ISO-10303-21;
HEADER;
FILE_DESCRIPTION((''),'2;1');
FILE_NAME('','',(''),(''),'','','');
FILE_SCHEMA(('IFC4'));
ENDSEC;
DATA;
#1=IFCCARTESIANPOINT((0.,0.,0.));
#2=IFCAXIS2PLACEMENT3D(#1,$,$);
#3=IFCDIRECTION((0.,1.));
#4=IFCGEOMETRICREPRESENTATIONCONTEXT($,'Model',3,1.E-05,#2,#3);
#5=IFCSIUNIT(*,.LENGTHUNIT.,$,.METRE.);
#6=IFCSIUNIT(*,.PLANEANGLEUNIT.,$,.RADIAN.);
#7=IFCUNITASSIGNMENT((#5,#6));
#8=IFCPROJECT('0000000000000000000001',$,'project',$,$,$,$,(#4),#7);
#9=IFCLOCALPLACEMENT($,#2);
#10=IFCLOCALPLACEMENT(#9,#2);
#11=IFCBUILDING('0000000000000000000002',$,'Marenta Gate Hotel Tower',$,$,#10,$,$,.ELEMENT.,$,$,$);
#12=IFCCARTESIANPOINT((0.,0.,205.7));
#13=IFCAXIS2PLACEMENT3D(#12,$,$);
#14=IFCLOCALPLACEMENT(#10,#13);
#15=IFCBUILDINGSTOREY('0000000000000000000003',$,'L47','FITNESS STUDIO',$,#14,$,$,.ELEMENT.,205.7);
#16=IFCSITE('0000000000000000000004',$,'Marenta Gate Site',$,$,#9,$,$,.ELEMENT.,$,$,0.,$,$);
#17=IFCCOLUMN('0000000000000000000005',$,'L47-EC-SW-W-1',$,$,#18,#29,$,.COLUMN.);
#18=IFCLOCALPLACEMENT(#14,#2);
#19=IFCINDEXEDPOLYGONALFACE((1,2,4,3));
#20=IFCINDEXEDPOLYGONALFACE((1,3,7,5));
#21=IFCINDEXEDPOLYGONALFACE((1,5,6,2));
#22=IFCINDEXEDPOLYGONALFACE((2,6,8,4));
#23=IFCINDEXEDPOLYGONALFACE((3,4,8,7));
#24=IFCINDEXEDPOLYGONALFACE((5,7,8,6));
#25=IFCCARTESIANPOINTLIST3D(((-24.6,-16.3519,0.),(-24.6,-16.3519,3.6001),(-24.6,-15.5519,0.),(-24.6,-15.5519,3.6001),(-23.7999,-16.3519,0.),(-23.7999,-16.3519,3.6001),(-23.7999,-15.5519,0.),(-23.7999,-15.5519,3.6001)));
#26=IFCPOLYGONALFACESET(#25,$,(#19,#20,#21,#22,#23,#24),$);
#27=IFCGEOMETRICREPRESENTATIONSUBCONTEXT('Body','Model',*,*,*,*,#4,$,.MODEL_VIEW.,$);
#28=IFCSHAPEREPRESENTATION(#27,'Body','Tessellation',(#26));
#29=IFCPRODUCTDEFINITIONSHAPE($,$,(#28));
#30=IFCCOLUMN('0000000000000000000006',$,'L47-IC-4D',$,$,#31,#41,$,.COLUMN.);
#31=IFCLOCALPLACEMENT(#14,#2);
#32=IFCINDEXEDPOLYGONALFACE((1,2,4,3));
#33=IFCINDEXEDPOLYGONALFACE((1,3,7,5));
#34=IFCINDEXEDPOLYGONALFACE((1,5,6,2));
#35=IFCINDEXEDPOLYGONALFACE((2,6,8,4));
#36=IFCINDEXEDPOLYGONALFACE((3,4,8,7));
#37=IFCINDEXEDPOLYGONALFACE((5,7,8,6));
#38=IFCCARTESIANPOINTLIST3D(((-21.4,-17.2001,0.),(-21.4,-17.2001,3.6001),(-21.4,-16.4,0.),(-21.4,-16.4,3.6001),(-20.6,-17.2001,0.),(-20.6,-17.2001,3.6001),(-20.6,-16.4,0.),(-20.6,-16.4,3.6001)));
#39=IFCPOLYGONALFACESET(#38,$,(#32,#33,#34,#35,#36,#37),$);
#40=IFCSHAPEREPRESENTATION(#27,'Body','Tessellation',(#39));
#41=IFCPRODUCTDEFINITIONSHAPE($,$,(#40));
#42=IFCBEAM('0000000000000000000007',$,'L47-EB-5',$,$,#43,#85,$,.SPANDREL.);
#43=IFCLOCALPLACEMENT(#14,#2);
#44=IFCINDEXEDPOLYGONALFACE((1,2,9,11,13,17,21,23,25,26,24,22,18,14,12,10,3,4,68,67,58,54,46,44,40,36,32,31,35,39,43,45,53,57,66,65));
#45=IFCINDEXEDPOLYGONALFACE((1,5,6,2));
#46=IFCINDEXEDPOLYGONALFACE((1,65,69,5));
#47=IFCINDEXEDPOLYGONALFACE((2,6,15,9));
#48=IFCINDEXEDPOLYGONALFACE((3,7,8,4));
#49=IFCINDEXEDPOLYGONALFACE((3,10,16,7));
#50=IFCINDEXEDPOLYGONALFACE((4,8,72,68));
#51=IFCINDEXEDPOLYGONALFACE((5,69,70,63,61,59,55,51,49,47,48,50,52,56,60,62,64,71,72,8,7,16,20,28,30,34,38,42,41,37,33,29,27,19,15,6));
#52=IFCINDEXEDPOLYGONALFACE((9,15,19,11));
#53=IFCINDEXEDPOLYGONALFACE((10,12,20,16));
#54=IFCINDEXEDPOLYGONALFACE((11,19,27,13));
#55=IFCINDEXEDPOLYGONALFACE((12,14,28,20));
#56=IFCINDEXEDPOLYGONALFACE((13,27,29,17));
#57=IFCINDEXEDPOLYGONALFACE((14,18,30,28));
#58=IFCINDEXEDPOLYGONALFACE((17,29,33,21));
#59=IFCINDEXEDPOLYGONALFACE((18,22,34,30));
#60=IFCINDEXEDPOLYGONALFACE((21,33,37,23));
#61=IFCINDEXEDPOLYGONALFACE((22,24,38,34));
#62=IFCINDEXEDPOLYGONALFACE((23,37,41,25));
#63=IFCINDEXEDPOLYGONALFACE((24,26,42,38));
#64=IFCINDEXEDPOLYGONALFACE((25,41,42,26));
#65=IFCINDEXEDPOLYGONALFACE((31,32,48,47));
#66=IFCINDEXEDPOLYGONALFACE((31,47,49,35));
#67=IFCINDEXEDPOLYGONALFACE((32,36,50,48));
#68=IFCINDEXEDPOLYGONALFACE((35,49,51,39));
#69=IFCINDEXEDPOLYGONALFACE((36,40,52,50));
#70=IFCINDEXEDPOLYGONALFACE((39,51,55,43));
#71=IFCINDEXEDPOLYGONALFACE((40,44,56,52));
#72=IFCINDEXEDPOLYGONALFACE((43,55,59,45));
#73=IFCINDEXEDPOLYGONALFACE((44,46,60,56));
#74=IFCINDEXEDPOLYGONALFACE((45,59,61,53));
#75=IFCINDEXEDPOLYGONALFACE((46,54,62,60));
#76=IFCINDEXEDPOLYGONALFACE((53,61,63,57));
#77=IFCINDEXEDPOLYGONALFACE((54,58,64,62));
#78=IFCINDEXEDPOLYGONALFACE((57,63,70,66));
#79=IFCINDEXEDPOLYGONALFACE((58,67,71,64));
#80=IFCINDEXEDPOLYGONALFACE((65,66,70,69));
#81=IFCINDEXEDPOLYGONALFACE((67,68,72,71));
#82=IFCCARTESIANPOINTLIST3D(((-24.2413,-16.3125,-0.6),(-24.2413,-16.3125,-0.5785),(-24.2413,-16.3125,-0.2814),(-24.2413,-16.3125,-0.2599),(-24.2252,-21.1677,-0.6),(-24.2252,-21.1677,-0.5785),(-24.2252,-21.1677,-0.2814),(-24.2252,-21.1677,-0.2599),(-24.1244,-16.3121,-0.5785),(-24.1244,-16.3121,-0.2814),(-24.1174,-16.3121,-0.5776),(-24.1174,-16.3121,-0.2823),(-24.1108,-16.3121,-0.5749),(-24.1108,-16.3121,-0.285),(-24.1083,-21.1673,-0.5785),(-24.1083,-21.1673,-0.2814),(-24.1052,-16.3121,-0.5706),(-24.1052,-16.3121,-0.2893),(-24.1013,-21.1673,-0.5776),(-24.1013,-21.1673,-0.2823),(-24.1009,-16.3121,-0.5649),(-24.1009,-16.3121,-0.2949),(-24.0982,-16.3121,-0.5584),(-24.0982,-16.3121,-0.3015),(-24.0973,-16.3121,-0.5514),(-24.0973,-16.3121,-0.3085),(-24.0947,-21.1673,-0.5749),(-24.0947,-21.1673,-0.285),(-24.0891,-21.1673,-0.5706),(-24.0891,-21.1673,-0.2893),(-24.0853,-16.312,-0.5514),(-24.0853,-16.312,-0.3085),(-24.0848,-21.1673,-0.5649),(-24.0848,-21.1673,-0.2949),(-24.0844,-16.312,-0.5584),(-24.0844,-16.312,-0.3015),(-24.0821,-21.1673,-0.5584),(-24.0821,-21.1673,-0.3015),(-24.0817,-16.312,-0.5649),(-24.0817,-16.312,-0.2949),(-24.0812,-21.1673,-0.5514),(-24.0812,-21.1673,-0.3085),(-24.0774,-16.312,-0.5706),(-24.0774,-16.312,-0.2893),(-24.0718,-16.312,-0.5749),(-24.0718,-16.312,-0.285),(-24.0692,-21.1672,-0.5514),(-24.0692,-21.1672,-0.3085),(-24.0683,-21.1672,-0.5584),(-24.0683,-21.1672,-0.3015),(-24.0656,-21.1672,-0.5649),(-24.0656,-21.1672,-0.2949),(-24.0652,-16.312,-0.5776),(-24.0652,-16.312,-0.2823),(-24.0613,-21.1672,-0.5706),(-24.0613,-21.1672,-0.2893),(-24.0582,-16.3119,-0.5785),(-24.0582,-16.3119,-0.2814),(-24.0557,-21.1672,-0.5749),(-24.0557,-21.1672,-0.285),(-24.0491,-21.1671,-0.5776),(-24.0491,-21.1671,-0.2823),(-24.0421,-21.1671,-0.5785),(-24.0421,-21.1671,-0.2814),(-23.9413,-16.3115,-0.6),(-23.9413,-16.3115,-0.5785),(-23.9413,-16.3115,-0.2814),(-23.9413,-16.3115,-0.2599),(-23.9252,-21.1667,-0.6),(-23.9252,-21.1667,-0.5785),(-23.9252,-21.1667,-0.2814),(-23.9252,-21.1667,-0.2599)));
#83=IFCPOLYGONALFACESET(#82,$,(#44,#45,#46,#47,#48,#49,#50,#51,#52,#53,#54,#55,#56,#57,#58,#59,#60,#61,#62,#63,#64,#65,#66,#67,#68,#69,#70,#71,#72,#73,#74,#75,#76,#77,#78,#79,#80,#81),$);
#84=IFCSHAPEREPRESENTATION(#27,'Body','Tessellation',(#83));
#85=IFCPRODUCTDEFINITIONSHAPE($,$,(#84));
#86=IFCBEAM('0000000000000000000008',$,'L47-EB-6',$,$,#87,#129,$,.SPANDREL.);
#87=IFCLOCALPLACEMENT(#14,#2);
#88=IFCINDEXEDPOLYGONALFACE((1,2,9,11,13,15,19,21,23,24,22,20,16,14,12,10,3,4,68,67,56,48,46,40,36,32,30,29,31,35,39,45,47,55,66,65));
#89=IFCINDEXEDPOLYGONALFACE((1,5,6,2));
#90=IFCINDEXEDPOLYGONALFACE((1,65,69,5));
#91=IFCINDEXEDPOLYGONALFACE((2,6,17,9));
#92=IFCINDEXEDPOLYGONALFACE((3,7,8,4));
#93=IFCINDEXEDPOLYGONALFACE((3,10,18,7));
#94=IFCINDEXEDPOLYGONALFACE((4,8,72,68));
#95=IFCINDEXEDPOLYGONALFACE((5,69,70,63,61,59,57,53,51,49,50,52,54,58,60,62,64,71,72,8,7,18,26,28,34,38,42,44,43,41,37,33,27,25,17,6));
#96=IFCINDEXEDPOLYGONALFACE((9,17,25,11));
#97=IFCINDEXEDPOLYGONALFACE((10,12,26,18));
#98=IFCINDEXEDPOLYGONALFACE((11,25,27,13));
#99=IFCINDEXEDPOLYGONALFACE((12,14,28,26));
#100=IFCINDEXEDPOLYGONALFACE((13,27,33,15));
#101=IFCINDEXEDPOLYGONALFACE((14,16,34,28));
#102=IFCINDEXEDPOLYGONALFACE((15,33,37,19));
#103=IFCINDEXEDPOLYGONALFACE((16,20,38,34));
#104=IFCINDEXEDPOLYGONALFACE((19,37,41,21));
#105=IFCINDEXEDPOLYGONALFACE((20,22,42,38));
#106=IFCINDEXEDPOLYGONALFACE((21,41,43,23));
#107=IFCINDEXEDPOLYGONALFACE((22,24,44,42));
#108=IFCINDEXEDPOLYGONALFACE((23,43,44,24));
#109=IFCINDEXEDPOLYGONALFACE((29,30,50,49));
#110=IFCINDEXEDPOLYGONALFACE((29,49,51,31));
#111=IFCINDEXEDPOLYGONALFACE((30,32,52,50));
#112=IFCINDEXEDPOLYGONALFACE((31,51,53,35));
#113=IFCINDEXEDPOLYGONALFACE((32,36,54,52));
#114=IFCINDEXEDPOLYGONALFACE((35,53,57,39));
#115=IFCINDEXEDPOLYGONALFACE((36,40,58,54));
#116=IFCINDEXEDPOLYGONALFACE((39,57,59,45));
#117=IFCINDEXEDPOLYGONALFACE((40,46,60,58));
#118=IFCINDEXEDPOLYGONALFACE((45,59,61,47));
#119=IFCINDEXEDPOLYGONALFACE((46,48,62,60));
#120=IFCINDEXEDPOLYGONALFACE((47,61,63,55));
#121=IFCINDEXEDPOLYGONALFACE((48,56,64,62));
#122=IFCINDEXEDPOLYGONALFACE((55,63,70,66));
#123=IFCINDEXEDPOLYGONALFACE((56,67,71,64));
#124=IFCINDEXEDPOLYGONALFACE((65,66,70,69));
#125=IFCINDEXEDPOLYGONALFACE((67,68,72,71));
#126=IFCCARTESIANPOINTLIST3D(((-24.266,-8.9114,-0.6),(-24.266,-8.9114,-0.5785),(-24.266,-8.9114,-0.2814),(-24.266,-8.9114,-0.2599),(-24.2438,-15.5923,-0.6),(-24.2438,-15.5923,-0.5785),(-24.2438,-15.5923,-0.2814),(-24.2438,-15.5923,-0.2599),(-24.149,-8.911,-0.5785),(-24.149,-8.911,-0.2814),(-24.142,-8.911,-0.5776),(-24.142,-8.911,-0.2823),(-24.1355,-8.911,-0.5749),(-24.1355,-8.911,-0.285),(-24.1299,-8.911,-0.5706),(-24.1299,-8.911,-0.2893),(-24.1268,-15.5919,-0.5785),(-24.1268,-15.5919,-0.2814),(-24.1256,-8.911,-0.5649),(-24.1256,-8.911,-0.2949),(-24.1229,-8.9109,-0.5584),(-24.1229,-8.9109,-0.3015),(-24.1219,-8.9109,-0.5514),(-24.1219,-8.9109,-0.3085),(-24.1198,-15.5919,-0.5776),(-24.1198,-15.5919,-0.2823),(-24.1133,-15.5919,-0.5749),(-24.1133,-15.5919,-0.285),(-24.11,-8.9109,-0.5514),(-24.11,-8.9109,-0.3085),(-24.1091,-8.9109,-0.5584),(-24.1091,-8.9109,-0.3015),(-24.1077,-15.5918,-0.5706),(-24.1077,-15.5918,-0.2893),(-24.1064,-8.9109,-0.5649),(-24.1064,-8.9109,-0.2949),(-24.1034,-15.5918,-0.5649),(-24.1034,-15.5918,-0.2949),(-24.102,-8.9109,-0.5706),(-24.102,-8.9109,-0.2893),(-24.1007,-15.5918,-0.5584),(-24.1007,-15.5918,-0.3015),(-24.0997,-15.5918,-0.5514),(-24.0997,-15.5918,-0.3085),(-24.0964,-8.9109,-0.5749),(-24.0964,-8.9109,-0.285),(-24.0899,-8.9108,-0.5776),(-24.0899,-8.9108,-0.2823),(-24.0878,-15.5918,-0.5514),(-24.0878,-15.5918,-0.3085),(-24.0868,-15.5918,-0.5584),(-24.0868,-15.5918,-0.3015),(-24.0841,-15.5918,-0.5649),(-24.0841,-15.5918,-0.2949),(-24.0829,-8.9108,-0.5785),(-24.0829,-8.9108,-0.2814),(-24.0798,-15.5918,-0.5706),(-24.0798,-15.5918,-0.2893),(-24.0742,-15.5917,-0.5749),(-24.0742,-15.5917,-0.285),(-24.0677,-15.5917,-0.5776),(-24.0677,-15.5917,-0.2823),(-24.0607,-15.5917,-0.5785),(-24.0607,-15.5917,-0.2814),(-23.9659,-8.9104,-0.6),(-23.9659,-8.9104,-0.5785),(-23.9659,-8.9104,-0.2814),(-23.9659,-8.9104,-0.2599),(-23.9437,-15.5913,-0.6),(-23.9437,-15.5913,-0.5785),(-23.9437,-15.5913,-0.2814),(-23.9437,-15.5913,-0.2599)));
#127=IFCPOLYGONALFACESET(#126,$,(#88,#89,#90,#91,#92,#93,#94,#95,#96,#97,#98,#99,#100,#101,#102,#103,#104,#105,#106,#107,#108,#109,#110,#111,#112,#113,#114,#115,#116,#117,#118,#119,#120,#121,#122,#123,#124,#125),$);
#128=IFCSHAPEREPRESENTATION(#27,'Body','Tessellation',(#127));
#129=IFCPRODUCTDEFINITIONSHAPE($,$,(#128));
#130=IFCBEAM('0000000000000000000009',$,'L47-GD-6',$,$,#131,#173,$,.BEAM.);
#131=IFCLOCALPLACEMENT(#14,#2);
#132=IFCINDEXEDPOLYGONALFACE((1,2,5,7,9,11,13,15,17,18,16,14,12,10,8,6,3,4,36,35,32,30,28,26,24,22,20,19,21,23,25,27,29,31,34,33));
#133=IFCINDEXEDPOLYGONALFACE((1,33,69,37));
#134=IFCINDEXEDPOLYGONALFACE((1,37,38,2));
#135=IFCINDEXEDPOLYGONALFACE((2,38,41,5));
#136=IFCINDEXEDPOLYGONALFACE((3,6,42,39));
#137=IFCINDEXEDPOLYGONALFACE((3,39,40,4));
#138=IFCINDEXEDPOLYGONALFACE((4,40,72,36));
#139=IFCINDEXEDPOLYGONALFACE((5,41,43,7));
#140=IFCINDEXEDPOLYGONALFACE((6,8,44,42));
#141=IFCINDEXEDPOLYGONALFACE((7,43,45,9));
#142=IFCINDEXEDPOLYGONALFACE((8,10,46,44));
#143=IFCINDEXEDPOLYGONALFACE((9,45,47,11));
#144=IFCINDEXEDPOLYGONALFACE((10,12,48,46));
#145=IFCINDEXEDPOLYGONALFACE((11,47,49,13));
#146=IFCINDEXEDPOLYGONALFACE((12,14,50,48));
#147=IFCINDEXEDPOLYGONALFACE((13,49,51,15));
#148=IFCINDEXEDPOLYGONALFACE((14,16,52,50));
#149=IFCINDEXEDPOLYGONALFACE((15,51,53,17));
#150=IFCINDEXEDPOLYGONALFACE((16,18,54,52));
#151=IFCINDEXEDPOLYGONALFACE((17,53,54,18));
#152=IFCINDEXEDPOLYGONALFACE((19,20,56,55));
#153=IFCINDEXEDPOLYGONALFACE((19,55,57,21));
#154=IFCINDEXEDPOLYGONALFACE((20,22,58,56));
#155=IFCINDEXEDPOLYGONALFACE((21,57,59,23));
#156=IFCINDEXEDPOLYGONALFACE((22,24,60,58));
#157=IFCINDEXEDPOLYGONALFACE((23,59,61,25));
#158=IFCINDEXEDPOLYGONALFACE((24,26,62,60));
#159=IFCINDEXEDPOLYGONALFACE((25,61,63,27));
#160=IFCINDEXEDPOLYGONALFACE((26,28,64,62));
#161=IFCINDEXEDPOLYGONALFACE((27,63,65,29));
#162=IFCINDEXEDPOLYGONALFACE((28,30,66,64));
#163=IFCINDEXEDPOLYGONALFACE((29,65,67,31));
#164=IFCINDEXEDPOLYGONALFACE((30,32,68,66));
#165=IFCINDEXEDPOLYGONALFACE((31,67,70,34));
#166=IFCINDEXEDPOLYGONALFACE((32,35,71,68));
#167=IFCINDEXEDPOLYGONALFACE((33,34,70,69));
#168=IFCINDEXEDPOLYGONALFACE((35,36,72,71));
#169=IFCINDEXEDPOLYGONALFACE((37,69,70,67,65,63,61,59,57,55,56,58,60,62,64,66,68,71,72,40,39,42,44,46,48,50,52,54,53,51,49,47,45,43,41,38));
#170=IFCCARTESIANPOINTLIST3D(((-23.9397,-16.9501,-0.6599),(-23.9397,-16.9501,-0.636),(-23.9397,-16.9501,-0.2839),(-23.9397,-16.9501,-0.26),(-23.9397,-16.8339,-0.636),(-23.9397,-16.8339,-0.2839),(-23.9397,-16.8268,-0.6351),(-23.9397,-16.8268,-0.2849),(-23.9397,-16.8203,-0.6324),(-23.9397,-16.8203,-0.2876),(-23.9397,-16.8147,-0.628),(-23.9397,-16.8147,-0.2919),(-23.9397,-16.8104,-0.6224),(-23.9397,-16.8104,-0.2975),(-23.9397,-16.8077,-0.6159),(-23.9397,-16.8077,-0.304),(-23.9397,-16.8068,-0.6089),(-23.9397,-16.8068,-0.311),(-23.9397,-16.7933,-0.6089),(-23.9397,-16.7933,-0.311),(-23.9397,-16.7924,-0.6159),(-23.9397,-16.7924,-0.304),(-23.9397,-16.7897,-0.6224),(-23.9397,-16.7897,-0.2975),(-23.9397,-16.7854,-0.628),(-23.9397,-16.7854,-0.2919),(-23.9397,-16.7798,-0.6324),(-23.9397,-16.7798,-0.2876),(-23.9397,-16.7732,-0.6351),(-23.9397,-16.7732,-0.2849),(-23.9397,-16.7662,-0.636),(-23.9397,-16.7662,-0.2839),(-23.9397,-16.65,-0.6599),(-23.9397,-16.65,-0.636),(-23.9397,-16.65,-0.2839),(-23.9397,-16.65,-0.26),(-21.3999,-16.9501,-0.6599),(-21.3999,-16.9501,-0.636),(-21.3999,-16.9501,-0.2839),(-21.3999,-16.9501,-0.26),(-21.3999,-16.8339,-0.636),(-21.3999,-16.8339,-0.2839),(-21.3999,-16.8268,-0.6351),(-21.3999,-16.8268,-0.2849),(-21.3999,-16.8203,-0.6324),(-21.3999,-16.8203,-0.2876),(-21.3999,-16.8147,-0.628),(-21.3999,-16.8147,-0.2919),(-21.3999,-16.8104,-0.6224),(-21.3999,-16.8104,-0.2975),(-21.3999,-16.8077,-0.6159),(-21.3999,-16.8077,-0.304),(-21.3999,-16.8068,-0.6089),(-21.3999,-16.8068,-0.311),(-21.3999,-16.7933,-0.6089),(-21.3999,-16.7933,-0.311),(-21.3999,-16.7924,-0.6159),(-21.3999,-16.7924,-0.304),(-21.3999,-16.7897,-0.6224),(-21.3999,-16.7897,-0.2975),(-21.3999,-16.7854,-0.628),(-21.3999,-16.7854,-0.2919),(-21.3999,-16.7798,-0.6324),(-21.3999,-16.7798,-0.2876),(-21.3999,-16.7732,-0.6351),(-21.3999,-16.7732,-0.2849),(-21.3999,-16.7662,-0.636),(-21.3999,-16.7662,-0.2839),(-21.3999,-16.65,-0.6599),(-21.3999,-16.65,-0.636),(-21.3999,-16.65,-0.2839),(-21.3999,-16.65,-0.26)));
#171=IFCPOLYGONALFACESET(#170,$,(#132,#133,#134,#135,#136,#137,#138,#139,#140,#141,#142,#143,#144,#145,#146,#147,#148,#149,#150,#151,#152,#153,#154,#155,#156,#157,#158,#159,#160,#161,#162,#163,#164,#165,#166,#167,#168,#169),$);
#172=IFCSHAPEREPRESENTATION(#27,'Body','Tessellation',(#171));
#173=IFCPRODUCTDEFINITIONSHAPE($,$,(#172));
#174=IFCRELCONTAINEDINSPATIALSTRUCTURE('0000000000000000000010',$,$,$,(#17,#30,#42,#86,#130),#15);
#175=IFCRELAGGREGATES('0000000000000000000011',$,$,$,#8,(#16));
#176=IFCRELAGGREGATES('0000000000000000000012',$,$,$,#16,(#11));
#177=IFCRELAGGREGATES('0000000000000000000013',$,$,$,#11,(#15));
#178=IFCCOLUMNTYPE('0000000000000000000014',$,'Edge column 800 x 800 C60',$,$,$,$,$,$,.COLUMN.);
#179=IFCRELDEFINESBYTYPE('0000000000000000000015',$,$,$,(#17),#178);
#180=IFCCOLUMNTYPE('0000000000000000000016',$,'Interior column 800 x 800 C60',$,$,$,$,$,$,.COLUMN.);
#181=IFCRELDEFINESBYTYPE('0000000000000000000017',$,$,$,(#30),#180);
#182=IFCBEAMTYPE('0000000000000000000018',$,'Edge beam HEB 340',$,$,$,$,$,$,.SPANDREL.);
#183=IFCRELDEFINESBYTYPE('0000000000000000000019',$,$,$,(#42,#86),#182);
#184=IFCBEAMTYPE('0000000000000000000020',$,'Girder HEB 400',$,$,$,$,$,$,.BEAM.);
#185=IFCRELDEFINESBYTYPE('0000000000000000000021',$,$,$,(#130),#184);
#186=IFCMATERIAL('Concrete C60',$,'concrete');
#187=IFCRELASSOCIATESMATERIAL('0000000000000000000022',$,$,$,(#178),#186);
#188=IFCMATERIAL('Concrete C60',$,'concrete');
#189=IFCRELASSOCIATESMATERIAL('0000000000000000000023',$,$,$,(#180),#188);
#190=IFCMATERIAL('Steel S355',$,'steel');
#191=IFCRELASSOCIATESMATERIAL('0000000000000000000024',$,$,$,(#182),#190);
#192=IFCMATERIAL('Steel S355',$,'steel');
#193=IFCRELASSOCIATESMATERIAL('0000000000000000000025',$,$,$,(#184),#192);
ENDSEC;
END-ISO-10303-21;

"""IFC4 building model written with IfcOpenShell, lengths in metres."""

from ifc_helpers import new_model, si_unit, direction, frame, origin, origin_2d, place, context, subcontext, project, spatial, rectangle, i_section, extrude, material, material_profile, profile_set, type_object, element, save


model = new_model("IFC4")

# Units and contexts
model_context = context("Model", 3, precision=1e-05, world=origin(), true_north=direction((0.0, 1.0)))
body_context = subcontext(model_context, "Body", "Model", "MODEL_VIEW")
ifc_project = project(units=[si_unit("LENGTHUNIT", "METRE"), si_unit("PLANEANGLEUNIT", "RADIAN")], contexts=[model_context])

# Site, building, storey
site_placement = place(None, origin())
site = spatial("IfcSite", under=ifc_project, at=site_placement, Name="Marenta Gate Site", CompositionType="ELEMENT", RefElevation=0.0)
building_placement = place(site_placement, origin())
building = spatial("IfcBuilding", under=site, at=building_placement, Name="Marenta Gate Hotel Tower", CompositionType="ELEMENT")
storey_placement = place(building_placement, frame((0.0, 0.0, 205.7)))
storey = spatial("IfcBuildingStorey", under=building, at=storey_placement, Name="L47", Description="FITNESS STUDIO", CompositionType="ELEMENT", Elevation=205.7)

# Columns
ifc_material_1 = material(Name="Concrete C60", Category="concrete")
ifc_material_profile_1 = material_profile(ifc_material_1, rectangle(XDim=0.8, YDim=0.8, at=origin_2d()), Name="800 x 800")
ifc_profile_set_1 = profile_set([ifc_material_profile_1], Name="Concrete C60")
column_type_1 = type_object("IfcColumnType", Name="Edge column 800 x 800 C60", PredefinedType="COLUMN", material=ifc_profile_set_1)
column_1_placement = place(storey_placement, frame((-24.2, -15.9519, 0.0), z_axis=(0.0, 0.0, 1.0), x_axis=(1.0, 0.0, 0.0)))
element("IfcColumn", 1, at=column_1_placement, inside=storey, type_object=column_type_1, Name="L47-EC-SW-W-1", PredefinedType="COLUMN", context=body_context, shape_type="SweptSolid", body=[
    extrude(rectangle(XDim=0.8, YDim=0.8, at=origin_2d()), origin(), (0.0, 0.0, 1.0), 3.6001),
])
ifc_material_2 = material(Name="Concrete C60", Category="concrete")
ifc_material_profile_2 = material_profile(ifc_material_2, rectangle(XDim=0.8, YDim=0.8, at=origin_2d()), Name="800 x 800")
ifc_profile_set_2 = profile_set([ifc_material_profile_2], Name="Concrete C60")
column_type_2 = type_object("IfcColumnType", Name="Interior column 800 x 800 C60", PredefinedType="COLUMN", material=ifc_profile_set_2)
column_2_placement = place(storey_placement, frame((-21.0, -16.8, 0.0), z_axis=(0.0, 0.0, 1.0), x_axis=(1.0, 0.0, 0.0)))
element("IfcColumn", 2, at=column_2_placement, inside=storey, type_object=column_type_2, Name="L47-IC-4D", PredefinedType="COLUMN", context=body_context, shape_type="SweptSolid", body=[
    extrude(rectangle(XDim=0.8, YDim=0.8, at=origin_2d()), origin(), (0.0, 0.0, 1.0), 3.6001),
])

# Beams
ifc_material_3 = material(Name="Steel S355", Category="steel")
ifc_material_profile_3 = material_profile(ifc_material_3, i_section(OverallWidth=0.3, OverallDepth=0.3401, WebThickness=0.012, FlangeThickness=0.0215, FilletRadius=0.0271, at=origin_2d()), Name="HEB 340")
ifc_profile_set_3 = profile_set([ifc_material_profile_3], Name="Steel S355")
beam_type_1 = type_object("IfcBeamType", Name="Edge beam HEB 340", PredefinedType="SPANDREL", material=ifc_profile_set_3)
beam_1_placement = place(storey_placement, frame((-24.0752, -21.1672, -0.4299), z_axis=(-0.003319, 0.999994, 0.0), x_axis=(-0.999994, -0.003319, 0.0)))
element("IfcBeam", 3, at=beam_1_placement, inside=storey, type_object=beam_type_1, Name="L47-EB-5", PredefinedType="SPANDREL", context=body_context, shape_type="SweptSolid", body=[
    extrude(i_section(OverallWidth=0.3, OverallDepth=0.3401, WebThickness=0.012, FlangeThickness=0.0215, FilletRadius=0.0271, at=origin_2d()), origin(), (0.0, 0.0, 1.0), 4.8552),
])
beam_2_placement = place(storey_placement, frame((-24.0938, -15.5918, -0.4299), z_axis=(-0.003325, 0.999994, 0.0), x_axis=(-0.999994, -0.003325, 0.0)))
element("IfcBeam", 4, at=beam_2_placement, inside=storey, type_object=beam_type_1, Name="L47-EB-6", PredefinedType="SPANDREL", context=body_context, shape_type="SweptSolid", body=[
    extrude(i_section(OverallWidth=0.3, OverallDepth=0.3401, WebThickness=0.012, FlangeThickness=0.0215, FilletRadius=0.0271, at=origin_2d()), origin(), (0.0, 0.0, 1.0), 6.6809),
])
ifc_material_4 = material(Name="Steel S355", Category="steel")
ifc_material_profile_4 = material_profile(ifc_material_4, i_section(OverallWidth=0.3, OverallDepth=0.3999, WebThickness=0.0134, FlangeThickness=0.0239, FilletRadius=0.0271, at=origin_2d()), Name="HEB 400")
ifc_profile_set_4 = profile_set([ifc_material_profile_4], Name="Steel S355")
beam_type_2 = type_object("IfcBeamType", Name="Girder HEB 400", PredefinedType="BEAM", material=ifc_profile_set_4)
beam_3_placement = place(storey_placement, frame((-23.9397, -16.8, -0.46), z_axis=(1.0, 0.0, 0.0), x_axis=(0.0, 1.0, 0.0)))
element("IfcBeam", 5, at=beam_3_placement, inside=storey, type_object=beam_type_2, Name="L47-GD-6", PredefinedType="BEAM", context=body_context, shape_type="SweptSolid", body=[
    extrude(i_section(OverallWidth=0.3, OverallDepth=0.3999, WebThickness=0.0134, FlangeThickness=0.0239, FilletRadius=0.0271, at=origin_2d()), origin(), (0.0, 0.0, 1.0), 2.5398),
])

save(model, "model.ifc")
